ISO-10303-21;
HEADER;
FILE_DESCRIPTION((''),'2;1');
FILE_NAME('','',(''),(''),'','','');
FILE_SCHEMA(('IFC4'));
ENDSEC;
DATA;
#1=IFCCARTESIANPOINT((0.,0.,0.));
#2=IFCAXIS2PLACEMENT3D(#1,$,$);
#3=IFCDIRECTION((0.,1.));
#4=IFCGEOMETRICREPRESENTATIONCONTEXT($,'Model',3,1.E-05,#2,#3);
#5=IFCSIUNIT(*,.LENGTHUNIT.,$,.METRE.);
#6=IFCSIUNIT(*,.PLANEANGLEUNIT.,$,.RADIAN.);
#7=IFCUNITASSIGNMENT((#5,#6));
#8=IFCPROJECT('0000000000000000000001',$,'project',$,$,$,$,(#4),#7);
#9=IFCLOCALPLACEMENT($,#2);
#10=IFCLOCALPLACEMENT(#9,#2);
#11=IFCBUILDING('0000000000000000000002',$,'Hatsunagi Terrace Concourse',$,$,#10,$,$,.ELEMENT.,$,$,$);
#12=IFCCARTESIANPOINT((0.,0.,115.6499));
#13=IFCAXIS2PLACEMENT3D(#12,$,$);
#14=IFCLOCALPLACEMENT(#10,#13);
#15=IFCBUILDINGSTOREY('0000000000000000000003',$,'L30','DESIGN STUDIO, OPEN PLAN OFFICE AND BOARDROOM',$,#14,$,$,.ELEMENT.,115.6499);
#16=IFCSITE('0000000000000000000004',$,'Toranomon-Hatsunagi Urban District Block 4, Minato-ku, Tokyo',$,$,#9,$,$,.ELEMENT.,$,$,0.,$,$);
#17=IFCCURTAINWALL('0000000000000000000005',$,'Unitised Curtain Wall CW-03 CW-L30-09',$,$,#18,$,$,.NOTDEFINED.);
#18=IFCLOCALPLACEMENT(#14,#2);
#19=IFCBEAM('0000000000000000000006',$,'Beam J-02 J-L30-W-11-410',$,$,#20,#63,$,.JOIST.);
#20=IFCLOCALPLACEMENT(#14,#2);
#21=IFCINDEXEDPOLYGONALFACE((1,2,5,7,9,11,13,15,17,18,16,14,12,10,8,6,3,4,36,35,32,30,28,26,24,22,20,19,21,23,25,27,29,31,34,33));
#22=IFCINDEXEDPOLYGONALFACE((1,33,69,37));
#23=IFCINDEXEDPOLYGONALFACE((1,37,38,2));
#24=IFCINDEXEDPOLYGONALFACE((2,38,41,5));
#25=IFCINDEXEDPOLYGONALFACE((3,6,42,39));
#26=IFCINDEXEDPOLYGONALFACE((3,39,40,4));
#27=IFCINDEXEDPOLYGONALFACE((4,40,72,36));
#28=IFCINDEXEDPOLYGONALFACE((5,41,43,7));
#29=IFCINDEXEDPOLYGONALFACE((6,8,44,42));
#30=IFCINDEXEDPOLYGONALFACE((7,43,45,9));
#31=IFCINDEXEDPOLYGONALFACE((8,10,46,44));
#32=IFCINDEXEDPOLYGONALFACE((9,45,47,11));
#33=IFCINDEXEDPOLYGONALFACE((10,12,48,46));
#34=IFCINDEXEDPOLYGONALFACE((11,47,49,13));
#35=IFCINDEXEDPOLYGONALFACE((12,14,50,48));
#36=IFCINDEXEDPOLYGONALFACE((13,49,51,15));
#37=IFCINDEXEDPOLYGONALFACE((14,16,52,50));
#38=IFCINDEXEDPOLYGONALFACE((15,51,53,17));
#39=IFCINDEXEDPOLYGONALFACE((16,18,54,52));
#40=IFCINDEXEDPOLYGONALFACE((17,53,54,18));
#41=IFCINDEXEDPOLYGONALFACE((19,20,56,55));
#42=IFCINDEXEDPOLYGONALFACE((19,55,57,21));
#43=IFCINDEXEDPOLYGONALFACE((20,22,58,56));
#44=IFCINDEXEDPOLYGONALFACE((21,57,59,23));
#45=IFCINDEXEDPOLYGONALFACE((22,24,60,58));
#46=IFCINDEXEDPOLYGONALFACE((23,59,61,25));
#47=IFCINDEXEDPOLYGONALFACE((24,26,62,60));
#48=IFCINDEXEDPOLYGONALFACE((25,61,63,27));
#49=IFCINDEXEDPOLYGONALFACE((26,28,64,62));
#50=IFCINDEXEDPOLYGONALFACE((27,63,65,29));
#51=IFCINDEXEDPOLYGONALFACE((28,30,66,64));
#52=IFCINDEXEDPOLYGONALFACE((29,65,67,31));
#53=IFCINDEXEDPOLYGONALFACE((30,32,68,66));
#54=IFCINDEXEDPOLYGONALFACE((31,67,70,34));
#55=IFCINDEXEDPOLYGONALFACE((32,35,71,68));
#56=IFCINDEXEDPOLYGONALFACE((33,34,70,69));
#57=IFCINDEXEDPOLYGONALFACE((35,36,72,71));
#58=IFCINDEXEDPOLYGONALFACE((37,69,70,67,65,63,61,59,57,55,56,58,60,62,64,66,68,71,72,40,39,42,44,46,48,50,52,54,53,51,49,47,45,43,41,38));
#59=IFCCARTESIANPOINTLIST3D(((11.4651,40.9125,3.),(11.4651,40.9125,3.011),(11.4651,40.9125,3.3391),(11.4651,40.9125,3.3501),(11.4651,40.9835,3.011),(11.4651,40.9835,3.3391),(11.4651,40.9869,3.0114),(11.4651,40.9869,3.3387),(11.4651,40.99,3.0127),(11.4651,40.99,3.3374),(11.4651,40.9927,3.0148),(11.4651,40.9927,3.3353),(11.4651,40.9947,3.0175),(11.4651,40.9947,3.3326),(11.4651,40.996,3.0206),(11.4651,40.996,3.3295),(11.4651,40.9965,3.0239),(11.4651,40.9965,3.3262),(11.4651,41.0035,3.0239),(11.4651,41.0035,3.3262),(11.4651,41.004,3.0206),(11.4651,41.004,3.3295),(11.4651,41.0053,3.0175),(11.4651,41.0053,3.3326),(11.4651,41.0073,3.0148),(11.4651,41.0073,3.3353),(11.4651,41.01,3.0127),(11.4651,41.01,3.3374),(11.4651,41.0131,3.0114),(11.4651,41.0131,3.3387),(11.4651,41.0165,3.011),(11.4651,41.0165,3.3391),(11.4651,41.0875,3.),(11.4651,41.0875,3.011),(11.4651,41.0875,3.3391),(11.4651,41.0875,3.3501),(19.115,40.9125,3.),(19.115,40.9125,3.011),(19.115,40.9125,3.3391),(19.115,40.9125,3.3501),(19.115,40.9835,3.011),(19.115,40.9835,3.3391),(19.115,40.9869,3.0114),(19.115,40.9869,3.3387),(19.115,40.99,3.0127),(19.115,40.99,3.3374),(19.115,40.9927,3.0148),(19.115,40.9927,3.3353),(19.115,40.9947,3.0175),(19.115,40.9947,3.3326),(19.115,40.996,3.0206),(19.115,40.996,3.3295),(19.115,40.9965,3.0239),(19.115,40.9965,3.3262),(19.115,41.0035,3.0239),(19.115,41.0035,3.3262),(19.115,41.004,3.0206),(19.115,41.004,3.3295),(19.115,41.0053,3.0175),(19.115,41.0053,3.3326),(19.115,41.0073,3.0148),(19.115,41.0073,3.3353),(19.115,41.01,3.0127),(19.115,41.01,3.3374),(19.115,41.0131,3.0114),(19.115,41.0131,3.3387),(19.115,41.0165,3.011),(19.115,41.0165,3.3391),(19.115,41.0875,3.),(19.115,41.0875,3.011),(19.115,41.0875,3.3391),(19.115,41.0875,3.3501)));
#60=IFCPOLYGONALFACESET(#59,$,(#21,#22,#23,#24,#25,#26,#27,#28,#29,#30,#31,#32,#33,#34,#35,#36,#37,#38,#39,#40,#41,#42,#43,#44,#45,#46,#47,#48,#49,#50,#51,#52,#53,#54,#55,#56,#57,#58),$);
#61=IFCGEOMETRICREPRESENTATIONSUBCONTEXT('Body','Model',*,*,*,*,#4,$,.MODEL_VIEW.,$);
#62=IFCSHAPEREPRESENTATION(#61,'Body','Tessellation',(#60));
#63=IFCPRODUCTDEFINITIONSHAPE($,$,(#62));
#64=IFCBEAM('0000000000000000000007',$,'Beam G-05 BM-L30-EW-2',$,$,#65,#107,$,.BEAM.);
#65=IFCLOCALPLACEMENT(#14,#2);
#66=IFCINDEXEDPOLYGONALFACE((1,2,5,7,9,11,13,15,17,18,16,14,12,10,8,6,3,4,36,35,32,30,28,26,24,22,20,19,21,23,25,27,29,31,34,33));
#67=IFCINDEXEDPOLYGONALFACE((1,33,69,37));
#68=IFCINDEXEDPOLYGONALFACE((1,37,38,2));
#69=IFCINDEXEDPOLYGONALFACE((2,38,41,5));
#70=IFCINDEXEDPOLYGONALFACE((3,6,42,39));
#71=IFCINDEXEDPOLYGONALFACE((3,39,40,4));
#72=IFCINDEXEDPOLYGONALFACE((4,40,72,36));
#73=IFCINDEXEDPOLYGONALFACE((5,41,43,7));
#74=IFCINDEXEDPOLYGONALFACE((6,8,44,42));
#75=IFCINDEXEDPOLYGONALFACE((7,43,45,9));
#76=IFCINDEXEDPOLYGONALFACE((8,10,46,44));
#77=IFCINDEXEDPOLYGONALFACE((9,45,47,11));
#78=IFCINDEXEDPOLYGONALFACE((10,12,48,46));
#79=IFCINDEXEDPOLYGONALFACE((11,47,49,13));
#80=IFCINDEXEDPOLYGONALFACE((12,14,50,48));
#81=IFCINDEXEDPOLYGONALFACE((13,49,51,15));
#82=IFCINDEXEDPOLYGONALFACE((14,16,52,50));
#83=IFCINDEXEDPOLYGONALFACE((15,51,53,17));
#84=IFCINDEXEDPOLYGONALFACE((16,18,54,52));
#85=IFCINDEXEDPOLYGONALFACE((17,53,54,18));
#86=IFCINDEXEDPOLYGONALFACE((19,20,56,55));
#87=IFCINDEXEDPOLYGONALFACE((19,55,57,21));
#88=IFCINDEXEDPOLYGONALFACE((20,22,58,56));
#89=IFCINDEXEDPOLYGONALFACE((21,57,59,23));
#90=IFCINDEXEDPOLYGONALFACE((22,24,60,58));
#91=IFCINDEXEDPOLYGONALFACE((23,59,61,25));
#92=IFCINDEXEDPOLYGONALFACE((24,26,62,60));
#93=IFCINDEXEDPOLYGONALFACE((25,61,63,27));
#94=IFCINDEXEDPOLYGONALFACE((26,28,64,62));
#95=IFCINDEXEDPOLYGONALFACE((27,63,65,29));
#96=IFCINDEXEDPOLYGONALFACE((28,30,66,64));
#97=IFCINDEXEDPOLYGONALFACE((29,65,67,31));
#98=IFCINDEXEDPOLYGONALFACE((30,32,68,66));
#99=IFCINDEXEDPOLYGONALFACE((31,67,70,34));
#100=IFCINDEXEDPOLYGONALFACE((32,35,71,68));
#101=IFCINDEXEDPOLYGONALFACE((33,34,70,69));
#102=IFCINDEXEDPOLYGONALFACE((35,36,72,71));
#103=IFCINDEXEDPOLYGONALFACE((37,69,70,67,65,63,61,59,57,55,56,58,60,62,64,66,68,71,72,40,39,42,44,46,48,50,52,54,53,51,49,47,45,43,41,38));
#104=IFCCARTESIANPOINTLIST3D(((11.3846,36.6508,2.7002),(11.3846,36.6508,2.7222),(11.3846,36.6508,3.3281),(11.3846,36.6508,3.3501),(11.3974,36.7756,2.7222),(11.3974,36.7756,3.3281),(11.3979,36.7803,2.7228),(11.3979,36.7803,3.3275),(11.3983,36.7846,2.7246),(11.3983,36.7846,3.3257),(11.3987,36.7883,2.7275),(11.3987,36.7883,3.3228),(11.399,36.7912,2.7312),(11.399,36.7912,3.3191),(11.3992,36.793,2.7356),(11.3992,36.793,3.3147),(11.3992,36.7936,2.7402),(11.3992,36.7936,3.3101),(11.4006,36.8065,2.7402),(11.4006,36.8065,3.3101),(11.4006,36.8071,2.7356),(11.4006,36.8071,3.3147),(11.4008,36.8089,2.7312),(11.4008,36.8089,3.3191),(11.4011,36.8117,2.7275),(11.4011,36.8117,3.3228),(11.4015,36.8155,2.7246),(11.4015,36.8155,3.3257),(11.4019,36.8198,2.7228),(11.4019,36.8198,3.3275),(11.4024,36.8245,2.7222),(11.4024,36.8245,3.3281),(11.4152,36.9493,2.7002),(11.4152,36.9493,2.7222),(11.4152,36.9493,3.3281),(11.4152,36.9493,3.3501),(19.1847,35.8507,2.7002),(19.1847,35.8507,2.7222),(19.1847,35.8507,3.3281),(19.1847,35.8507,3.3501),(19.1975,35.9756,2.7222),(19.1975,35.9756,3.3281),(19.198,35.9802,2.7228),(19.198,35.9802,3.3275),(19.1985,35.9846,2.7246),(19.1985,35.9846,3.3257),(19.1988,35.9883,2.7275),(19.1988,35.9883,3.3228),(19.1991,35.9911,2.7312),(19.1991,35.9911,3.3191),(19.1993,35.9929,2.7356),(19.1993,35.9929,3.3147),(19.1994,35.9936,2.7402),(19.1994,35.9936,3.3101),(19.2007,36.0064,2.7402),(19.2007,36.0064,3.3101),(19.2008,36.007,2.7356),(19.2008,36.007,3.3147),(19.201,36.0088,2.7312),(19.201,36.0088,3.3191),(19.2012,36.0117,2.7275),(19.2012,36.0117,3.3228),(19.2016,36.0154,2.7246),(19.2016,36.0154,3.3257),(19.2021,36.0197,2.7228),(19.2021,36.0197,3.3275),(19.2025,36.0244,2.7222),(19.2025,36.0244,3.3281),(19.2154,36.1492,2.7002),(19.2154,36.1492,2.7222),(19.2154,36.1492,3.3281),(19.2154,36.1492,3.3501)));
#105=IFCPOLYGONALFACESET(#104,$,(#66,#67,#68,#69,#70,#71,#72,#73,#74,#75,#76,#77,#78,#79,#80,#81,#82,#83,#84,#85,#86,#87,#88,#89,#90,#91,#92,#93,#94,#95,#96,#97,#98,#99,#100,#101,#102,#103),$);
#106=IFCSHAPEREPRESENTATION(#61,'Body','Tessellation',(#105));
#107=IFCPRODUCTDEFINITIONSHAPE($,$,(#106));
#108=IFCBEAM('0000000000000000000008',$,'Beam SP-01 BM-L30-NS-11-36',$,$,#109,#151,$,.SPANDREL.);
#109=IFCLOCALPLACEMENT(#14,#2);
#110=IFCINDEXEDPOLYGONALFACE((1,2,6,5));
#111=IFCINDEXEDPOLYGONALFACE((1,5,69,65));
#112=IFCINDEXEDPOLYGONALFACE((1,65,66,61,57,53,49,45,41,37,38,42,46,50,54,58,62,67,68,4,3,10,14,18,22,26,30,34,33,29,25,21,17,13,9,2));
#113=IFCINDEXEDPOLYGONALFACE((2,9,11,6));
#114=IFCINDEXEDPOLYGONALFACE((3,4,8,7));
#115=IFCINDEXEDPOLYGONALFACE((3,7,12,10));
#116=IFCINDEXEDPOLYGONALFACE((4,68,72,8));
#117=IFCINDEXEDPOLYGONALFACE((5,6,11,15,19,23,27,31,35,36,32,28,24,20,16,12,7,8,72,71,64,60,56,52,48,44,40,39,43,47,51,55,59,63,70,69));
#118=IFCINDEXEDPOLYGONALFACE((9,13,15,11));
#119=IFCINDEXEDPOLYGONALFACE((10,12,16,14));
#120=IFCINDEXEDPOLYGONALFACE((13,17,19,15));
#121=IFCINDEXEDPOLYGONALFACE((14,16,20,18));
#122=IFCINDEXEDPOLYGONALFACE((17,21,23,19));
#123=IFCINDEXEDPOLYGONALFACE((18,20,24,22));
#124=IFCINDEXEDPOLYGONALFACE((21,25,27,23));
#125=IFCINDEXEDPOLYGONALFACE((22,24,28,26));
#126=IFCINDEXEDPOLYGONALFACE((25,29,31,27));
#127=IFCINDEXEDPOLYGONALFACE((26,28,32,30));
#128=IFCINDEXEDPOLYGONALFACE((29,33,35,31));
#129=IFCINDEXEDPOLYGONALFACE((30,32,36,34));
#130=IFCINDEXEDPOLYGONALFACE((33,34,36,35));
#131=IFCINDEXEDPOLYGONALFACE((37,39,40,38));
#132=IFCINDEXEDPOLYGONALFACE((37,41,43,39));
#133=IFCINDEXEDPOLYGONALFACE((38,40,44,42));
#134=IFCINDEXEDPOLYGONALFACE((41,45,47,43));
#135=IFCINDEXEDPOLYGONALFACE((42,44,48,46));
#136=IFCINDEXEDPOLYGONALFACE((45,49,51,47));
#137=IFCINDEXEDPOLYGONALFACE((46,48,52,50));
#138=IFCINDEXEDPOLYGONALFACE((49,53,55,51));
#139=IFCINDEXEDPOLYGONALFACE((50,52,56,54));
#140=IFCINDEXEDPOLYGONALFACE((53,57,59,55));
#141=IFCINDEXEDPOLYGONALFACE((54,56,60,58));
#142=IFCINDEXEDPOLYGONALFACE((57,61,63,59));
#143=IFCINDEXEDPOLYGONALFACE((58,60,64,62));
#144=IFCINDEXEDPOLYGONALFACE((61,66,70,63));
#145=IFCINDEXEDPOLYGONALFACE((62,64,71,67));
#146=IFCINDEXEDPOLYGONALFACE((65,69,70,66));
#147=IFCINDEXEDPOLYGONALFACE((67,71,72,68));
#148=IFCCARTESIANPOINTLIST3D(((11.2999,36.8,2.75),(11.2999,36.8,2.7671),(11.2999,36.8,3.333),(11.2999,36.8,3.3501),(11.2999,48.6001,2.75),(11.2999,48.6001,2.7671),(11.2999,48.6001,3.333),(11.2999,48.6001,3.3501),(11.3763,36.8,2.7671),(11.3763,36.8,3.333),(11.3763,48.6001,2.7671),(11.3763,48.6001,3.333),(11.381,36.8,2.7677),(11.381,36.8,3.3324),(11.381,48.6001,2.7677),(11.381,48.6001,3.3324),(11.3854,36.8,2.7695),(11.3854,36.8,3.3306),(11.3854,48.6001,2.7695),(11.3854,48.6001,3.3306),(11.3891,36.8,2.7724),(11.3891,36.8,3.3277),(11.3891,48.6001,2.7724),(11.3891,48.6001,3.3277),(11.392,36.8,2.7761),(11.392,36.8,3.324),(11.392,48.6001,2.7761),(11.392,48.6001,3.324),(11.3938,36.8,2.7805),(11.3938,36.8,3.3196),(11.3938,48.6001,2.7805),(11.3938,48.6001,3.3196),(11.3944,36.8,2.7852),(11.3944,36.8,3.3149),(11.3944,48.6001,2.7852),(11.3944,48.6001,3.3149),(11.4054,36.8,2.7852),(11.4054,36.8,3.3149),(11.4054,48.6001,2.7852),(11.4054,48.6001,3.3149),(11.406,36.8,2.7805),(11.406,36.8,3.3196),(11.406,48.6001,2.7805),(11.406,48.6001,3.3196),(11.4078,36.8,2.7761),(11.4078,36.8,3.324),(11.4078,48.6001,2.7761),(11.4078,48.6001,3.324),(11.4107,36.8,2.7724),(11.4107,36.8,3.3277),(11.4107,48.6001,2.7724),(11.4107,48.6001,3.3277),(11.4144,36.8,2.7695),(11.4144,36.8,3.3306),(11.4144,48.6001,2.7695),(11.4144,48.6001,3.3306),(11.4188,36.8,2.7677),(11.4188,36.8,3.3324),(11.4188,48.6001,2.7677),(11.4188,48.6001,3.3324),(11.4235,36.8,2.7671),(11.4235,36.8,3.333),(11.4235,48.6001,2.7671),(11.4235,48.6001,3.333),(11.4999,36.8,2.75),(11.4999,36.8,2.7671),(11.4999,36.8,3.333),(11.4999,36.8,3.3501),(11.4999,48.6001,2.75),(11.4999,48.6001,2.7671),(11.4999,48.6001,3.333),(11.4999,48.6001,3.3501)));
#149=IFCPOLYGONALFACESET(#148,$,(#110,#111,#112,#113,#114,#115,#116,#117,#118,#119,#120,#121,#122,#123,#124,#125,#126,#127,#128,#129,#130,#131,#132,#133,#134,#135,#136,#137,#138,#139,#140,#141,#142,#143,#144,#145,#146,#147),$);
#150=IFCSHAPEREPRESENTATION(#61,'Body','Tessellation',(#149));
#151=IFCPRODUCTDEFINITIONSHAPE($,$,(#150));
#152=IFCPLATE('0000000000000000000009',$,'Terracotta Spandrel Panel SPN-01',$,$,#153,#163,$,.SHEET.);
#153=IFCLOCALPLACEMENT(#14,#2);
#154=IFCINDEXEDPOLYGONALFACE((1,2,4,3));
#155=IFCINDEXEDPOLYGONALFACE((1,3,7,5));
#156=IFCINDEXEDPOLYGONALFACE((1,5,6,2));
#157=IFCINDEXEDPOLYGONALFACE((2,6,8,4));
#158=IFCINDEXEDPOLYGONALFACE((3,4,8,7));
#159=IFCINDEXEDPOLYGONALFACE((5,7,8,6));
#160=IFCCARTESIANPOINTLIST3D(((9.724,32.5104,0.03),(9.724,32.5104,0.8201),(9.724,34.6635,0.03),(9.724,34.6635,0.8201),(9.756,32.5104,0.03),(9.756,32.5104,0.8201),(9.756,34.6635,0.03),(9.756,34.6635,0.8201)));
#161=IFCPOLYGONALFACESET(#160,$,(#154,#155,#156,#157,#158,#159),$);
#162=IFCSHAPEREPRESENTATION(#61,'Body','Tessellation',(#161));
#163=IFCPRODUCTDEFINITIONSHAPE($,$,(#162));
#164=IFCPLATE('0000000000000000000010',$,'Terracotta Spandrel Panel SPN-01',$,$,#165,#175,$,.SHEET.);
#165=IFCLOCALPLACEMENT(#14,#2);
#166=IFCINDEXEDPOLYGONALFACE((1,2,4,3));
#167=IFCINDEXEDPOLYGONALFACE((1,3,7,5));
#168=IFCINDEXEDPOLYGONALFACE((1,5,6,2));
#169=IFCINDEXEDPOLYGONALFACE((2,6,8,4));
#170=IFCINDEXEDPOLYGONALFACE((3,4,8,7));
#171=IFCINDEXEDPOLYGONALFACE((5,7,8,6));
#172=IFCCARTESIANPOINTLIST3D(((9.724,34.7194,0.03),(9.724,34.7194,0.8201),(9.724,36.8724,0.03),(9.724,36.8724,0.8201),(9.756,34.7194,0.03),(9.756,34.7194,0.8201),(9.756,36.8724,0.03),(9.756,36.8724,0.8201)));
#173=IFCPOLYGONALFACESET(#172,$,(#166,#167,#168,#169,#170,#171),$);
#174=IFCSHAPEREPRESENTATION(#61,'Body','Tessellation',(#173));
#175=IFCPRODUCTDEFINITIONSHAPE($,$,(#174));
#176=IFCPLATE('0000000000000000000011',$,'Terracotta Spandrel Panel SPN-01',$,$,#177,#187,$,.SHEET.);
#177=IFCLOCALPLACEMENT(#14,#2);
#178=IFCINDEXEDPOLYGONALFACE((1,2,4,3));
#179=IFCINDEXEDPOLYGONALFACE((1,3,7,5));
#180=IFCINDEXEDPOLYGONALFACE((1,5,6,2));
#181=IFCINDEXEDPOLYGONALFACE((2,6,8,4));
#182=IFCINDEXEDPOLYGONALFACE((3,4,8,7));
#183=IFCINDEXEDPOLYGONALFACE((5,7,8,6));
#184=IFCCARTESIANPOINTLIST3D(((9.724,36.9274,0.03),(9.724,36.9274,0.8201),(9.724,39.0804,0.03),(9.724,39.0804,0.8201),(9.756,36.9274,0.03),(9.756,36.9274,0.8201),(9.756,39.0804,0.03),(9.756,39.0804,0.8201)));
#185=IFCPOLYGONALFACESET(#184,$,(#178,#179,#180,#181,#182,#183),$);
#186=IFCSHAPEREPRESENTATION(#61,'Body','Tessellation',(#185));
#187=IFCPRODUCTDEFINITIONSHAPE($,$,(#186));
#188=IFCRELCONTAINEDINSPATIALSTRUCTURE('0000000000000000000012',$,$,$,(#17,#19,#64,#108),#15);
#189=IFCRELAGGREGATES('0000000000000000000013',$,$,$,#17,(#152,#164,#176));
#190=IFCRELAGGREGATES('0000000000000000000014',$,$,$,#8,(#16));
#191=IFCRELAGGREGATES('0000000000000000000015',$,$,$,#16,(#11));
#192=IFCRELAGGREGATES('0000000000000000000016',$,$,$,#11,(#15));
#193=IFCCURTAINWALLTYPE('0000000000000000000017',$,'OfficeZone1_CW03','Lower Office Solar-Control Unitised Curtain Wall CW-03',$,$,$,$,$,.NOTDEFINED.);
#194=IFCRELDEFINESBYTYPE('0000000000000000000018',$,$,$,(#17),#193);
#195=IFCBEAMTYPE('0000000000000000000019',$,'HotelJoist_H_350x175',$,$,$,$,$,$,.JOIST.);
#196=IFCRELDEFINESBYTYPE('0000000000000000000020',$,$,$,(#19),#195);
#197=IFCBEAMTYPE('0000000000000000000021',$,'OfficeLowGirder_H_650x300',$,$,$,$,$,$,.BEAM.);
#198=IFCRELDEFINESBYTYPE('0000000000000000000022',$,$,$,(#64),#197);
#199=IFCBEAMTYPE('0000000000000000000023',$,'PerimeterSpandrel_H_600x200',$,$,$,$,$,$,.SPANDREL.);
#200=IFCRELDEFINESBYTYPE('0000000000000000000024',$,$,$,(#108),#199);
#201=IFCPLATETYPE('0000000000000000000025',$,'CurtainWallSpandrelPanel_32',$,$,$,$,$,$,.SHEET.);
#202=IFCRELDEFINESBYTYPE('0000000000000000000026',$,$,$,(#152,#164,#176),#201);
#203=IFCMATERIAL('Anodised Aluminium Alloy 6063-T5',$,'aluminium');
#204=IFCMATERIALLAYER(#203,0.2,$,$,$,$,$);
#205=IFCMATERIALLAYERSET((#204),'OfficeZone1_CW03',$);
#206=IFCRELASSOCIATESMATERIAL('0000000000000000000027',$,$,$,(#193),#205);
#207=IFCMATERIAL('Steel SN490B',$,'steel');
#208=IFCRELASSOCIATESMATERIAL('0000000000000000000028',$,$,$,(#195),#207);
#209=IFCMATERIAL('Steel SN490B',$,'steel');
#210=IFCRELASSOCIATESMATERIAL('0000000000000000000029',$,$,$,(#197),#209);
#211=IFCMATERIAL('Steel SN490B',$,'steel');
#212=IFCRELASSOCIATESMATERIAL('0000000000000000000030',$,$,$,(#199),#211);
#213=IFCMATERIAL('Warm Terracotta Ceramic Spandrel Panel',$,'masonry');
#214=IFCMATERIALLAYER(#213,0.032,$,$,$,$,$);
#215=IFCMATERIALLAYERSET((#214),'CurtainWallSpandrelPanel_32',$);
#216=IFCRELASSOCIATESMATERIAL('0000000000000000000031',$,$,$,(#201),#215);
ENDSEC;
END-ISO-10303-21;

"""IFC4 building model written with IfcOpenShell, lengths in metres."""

from ifc_helpers import new_model, si_unit, direction, frame, origin, origin_2d, place, context, subcontext, project, spatial, rectangle, i_section, extrude, material, layer, layer_set, material_profile, profile_set, type_object, element, aggregate, save


model = new_model("IFC4")

# Units and contexts
model_context = context("Model", 3, precision=1e-05, world=origin(), true_north=direction((0.0, 1.0)))
body_context = subcontext(model_context, "Body", "Model", "MODEL_VIEW")
ifc_project = project(units=[si_unit("LENGTHUNIT", "METRE"), si_unit("PLANEANGLEUNIT", "RADIAN")], contexts=[model_context])

# Site, building, storey
site_placement = place(None, origin())
site = spatial("IfcSite", under=ifc_project, at=site_placement, Name="Toranomon-Hatsunagi Urban District Block 4, Minato-ku, Tokyo", CompositionType="ELEMENT", RefElevation=0.0)
building_placement = place(site_placement, origin())
building = spatial("IfcBuilding", under=site, at=building_placement, Name="Hatsunagi Terrace Concourse", CompositionType="ELEMENT")
storey_placement = place(building_placement, frame((0.0, 0.0, 115.6499)))
storey = spatial("IfcBuildingStorey", under=building, at=storey_placement, Name="L30", Description="DESIGN STUDIO, OPEN PLAN OFFICE AND BOARDROOM", CompositionType="ELEMENT", Elevation=115.6499)

# Curtain wall
ifc_material_1 = material(Name="Anodised Aluminium Alloy 6063-T5", Category="aluminium")
ifc_layer_1 = layer(ifc_material_1, 0.2)
ifc_layer_set_1 = layer_set([ifc_layer_1], Name="OfficeZone1_CW03")
curtain_wall_type = type_object("IfcCurtainWallType", Name="OfficeZone1_CW03", Description="Lower Office Solar-Control Unitised Curtain Wall CW-03", PredefinedType="NOTDEFINED", material=ifc_layer_set_1)
curtain_wall_placement = place(storey_placement, origin())
curtain_wall = element("IfcCurtainWall", 1, at=curtain_wall_placement, inside=storey, type_object=curtain_wall_type, Name="Unitised Curtain Wall CW-03 CW-L30-09", PredefinedType="NOTDEFINED")

# Beams
ifc_material_2 = material(Name="Steel SN490B", Category="steel")
ifc_material_profile_1 = material_profile(ifc_material_2, i_section(OverallWidth=0.175, OverallDepth=0.3501, WebThickness=0.0071, FlangeThickness=0.011, FilletRadius=0.0129, at=origin_2d()), Name="H-350x175x7x11")
ifc_profile_set_1 = profile_set([ifc_material_profile_1], Name="Steel SN490B")
beam_type_1 = type_object("IfcBeamType", Name="HotelJoist_H_350x175", PredefinedType="JOIST", material=ifc_profile_set_1)
for number, where, z_axis, x_axis, name in (
    (2, (11.4651, 41.0, 3.175), (1.0, 0.0, 0.0), (0.0, 1.0, 0.0), "Beam J-02 J-L30-W-11-410"),
):
    element("IfcBeam", number, at=place(storey_placement, frame(where, z_axis=z_axis, x_axis=x_axis)), inside=storey, type_object=beam_type_1, Name=name, PredefinedType="JOIST", context=body_context, shape_type="SweptSolid", body=[
        extrude(i_section(OverallWidth=0.175, OverallDepth=0.3501, WebThickness=0.0071, FlangeThickness=0.011, FilletRadius=0.0129, at=origin_2d()), origin(), (0.0, 0.0, 1.0), 7.6499),
    ])
ifc_material_3 = material(Name="Steel SN490B", Category="steel")
ifc_material_profile_2 = material_profile(ifc_material_3, i_section(OverallWidth=0.3, OverallDepth=0.6499, WebThickness=0.0129, FlangeThickness=0.022, FilletRadius=0.0181, at=origin_2d()), Name="H-650x300x13x22")
ifc_profile_set_2 = profile_set([ifc_material_profile_2], Name="Steel SN490B")
beam_type_2 = type_object("IfcBeamType", Name="OfficeLowGirder_H_650x300", PredefinedType="BEAM", material=ifc_profile_set_2)
beam_1_placement = place(storey_placement, frame((11.3999, 36.8, 3.0251), z_axis=(0.994781, -0.102034, 0.0), x_axis=(0.102034, 0.994781, 0.0)))
element("IfcBeam", 3, at=beam_1_placement, inside=storey, type_object=beam_type_2, Name="Beam G-05 BM-L30-EW-2", PredefinedType="BEAM", context=body_context, shape_type="SweptSolid", body=[
    extrude(i_section(OverallWidth=0.3, OverallDepth=0.6499, WebThickness=0.0129, FlangeThickness=0.022, FilletRadius=0.0181, at=origin_2d()), origin(), (0.0, 0.0, 1.0), 7.8411),
])
ifc_material_4 = material(Name="Steel SN490B", Category="steel")
ifc_material_profile_3 = material_profile(ifc_material_4, i_section(OverallWidth=0.2, OverallDepth=0.6001, WebThickness=0.011, FlangeThickness=0.0171, FilletRadius=0.0181, at=origin_2d()), Name="H-600x200x11x17")
ifc_profile_set_3 = profile_set([ifc_material_profile_3], Name="Steel SN490B")
beam_type_3 = type_object("IfcBeamType", Name="PerimeterSpandrel_H_600x200", PredefinedType="SPANDREL", material=ifc_profile_set_3)
beam_2_placement = place(storey_placement, frame((11.3999, 36.8, 3.05), z_axis=(0.0, 1.0, 0.0), x_axis=(-1.0, 0.0, 0.0)))
element("IfcBeam", 4, at=beam_2_placement, inside=storey, type_object=beam_type_3, Name="Beam SP-01 BM-L30-NS-11-36", PredefinedType="SPANDREL", context=body_context, shape_type="SweptSolid", body=[
    extrude(i_section(OverallWidth=0.2, OverallDepth=0.6001, WebThickness=0.011, FlangeThickness=0.0171, FilletRadius=0.0181, at=origin_2d()), origin(), (0.0, 0.0, 1.0), 11.8),
])

# Plates
ifc_material_5 = material(Name="Warm Terracotta Ceramic Spandrel Panel", Category="masonry")
ifc_layer_2 = layer(ifc_material_5, 0.032)
ifc_layer_set_2 = layer_set([ifc_layer_2], Name="CurtainWallSpandrelPanel_32")
plate_type_1 = type_object("IfcPlateType", Name="CurtainWallSpandrelPanel_32", PredefinedType="SHEET", material=ifc_layer_set_2)
plate_1_placement = place(storey_placement, frame((9.74, 33.5869, 0.03), z_axis=(0.0, 0.0, 1.0), x_axis=(0.0, 1.0, 0.0)))
plate_1 = element("IfcPlate", 5, at=plate_1_placement, type_object=plate_type_1, Name="Terracotta Spandrel Panel SPN-01", PredefinedType="SHEET", context=body_context, shape_type="SweptSolid", body=[
    extrude(rectangle(XDim=2.1531, YDim=0.032, at=origin_2d()), origin(), (0.0, 0.0, 1.0), 0.79),
])
plate_2_placement = place(storey_placement, frame((9.74, 35.7959, 0.03), z_axis=(0.0, 0.0, 1.0), x_axis=(0.0, 1.0, 0.0)))
plate_2 = element("IfcPlate", 6, at=plate_2_placement, type_object=plate_type_1, Name="Terracotta Spandrel Panel SPN-01", PredefinedType="SHEET", context=body_context, shape_type="SweptSolid", body=[
    extrude(rectangle(XDim=2.1531, YDim=0.032, at=origin_2d()), origin(), (0.0, 0.0, 1.0), 0.79),
])
plate_3_placement = place(storey_placement, frame((9.74, 38.0039, 0.03), z_axis=(0.0, 0.0, 1.0), x_axis=(0.0, 1.0, 0.0)))
plate_3 = element("IfcPlate", 7, at=plate_3_placement, type_object=plate_type_1, Name="Terracotta Spandrel Panel SPN-01", PredefinedType="SHEET", context=body_context, shape_type="SweptSolid", body=[
    extrude(rectangle(XDim=2.1531, YDim=0.032, at=origin_2d()), origin(), (0.0, 0.0, 1.0), 0.79),
])
aggregate(curtain_wall, [plate_1, plate_2, plate_3])

save(model, "model.ifc")
